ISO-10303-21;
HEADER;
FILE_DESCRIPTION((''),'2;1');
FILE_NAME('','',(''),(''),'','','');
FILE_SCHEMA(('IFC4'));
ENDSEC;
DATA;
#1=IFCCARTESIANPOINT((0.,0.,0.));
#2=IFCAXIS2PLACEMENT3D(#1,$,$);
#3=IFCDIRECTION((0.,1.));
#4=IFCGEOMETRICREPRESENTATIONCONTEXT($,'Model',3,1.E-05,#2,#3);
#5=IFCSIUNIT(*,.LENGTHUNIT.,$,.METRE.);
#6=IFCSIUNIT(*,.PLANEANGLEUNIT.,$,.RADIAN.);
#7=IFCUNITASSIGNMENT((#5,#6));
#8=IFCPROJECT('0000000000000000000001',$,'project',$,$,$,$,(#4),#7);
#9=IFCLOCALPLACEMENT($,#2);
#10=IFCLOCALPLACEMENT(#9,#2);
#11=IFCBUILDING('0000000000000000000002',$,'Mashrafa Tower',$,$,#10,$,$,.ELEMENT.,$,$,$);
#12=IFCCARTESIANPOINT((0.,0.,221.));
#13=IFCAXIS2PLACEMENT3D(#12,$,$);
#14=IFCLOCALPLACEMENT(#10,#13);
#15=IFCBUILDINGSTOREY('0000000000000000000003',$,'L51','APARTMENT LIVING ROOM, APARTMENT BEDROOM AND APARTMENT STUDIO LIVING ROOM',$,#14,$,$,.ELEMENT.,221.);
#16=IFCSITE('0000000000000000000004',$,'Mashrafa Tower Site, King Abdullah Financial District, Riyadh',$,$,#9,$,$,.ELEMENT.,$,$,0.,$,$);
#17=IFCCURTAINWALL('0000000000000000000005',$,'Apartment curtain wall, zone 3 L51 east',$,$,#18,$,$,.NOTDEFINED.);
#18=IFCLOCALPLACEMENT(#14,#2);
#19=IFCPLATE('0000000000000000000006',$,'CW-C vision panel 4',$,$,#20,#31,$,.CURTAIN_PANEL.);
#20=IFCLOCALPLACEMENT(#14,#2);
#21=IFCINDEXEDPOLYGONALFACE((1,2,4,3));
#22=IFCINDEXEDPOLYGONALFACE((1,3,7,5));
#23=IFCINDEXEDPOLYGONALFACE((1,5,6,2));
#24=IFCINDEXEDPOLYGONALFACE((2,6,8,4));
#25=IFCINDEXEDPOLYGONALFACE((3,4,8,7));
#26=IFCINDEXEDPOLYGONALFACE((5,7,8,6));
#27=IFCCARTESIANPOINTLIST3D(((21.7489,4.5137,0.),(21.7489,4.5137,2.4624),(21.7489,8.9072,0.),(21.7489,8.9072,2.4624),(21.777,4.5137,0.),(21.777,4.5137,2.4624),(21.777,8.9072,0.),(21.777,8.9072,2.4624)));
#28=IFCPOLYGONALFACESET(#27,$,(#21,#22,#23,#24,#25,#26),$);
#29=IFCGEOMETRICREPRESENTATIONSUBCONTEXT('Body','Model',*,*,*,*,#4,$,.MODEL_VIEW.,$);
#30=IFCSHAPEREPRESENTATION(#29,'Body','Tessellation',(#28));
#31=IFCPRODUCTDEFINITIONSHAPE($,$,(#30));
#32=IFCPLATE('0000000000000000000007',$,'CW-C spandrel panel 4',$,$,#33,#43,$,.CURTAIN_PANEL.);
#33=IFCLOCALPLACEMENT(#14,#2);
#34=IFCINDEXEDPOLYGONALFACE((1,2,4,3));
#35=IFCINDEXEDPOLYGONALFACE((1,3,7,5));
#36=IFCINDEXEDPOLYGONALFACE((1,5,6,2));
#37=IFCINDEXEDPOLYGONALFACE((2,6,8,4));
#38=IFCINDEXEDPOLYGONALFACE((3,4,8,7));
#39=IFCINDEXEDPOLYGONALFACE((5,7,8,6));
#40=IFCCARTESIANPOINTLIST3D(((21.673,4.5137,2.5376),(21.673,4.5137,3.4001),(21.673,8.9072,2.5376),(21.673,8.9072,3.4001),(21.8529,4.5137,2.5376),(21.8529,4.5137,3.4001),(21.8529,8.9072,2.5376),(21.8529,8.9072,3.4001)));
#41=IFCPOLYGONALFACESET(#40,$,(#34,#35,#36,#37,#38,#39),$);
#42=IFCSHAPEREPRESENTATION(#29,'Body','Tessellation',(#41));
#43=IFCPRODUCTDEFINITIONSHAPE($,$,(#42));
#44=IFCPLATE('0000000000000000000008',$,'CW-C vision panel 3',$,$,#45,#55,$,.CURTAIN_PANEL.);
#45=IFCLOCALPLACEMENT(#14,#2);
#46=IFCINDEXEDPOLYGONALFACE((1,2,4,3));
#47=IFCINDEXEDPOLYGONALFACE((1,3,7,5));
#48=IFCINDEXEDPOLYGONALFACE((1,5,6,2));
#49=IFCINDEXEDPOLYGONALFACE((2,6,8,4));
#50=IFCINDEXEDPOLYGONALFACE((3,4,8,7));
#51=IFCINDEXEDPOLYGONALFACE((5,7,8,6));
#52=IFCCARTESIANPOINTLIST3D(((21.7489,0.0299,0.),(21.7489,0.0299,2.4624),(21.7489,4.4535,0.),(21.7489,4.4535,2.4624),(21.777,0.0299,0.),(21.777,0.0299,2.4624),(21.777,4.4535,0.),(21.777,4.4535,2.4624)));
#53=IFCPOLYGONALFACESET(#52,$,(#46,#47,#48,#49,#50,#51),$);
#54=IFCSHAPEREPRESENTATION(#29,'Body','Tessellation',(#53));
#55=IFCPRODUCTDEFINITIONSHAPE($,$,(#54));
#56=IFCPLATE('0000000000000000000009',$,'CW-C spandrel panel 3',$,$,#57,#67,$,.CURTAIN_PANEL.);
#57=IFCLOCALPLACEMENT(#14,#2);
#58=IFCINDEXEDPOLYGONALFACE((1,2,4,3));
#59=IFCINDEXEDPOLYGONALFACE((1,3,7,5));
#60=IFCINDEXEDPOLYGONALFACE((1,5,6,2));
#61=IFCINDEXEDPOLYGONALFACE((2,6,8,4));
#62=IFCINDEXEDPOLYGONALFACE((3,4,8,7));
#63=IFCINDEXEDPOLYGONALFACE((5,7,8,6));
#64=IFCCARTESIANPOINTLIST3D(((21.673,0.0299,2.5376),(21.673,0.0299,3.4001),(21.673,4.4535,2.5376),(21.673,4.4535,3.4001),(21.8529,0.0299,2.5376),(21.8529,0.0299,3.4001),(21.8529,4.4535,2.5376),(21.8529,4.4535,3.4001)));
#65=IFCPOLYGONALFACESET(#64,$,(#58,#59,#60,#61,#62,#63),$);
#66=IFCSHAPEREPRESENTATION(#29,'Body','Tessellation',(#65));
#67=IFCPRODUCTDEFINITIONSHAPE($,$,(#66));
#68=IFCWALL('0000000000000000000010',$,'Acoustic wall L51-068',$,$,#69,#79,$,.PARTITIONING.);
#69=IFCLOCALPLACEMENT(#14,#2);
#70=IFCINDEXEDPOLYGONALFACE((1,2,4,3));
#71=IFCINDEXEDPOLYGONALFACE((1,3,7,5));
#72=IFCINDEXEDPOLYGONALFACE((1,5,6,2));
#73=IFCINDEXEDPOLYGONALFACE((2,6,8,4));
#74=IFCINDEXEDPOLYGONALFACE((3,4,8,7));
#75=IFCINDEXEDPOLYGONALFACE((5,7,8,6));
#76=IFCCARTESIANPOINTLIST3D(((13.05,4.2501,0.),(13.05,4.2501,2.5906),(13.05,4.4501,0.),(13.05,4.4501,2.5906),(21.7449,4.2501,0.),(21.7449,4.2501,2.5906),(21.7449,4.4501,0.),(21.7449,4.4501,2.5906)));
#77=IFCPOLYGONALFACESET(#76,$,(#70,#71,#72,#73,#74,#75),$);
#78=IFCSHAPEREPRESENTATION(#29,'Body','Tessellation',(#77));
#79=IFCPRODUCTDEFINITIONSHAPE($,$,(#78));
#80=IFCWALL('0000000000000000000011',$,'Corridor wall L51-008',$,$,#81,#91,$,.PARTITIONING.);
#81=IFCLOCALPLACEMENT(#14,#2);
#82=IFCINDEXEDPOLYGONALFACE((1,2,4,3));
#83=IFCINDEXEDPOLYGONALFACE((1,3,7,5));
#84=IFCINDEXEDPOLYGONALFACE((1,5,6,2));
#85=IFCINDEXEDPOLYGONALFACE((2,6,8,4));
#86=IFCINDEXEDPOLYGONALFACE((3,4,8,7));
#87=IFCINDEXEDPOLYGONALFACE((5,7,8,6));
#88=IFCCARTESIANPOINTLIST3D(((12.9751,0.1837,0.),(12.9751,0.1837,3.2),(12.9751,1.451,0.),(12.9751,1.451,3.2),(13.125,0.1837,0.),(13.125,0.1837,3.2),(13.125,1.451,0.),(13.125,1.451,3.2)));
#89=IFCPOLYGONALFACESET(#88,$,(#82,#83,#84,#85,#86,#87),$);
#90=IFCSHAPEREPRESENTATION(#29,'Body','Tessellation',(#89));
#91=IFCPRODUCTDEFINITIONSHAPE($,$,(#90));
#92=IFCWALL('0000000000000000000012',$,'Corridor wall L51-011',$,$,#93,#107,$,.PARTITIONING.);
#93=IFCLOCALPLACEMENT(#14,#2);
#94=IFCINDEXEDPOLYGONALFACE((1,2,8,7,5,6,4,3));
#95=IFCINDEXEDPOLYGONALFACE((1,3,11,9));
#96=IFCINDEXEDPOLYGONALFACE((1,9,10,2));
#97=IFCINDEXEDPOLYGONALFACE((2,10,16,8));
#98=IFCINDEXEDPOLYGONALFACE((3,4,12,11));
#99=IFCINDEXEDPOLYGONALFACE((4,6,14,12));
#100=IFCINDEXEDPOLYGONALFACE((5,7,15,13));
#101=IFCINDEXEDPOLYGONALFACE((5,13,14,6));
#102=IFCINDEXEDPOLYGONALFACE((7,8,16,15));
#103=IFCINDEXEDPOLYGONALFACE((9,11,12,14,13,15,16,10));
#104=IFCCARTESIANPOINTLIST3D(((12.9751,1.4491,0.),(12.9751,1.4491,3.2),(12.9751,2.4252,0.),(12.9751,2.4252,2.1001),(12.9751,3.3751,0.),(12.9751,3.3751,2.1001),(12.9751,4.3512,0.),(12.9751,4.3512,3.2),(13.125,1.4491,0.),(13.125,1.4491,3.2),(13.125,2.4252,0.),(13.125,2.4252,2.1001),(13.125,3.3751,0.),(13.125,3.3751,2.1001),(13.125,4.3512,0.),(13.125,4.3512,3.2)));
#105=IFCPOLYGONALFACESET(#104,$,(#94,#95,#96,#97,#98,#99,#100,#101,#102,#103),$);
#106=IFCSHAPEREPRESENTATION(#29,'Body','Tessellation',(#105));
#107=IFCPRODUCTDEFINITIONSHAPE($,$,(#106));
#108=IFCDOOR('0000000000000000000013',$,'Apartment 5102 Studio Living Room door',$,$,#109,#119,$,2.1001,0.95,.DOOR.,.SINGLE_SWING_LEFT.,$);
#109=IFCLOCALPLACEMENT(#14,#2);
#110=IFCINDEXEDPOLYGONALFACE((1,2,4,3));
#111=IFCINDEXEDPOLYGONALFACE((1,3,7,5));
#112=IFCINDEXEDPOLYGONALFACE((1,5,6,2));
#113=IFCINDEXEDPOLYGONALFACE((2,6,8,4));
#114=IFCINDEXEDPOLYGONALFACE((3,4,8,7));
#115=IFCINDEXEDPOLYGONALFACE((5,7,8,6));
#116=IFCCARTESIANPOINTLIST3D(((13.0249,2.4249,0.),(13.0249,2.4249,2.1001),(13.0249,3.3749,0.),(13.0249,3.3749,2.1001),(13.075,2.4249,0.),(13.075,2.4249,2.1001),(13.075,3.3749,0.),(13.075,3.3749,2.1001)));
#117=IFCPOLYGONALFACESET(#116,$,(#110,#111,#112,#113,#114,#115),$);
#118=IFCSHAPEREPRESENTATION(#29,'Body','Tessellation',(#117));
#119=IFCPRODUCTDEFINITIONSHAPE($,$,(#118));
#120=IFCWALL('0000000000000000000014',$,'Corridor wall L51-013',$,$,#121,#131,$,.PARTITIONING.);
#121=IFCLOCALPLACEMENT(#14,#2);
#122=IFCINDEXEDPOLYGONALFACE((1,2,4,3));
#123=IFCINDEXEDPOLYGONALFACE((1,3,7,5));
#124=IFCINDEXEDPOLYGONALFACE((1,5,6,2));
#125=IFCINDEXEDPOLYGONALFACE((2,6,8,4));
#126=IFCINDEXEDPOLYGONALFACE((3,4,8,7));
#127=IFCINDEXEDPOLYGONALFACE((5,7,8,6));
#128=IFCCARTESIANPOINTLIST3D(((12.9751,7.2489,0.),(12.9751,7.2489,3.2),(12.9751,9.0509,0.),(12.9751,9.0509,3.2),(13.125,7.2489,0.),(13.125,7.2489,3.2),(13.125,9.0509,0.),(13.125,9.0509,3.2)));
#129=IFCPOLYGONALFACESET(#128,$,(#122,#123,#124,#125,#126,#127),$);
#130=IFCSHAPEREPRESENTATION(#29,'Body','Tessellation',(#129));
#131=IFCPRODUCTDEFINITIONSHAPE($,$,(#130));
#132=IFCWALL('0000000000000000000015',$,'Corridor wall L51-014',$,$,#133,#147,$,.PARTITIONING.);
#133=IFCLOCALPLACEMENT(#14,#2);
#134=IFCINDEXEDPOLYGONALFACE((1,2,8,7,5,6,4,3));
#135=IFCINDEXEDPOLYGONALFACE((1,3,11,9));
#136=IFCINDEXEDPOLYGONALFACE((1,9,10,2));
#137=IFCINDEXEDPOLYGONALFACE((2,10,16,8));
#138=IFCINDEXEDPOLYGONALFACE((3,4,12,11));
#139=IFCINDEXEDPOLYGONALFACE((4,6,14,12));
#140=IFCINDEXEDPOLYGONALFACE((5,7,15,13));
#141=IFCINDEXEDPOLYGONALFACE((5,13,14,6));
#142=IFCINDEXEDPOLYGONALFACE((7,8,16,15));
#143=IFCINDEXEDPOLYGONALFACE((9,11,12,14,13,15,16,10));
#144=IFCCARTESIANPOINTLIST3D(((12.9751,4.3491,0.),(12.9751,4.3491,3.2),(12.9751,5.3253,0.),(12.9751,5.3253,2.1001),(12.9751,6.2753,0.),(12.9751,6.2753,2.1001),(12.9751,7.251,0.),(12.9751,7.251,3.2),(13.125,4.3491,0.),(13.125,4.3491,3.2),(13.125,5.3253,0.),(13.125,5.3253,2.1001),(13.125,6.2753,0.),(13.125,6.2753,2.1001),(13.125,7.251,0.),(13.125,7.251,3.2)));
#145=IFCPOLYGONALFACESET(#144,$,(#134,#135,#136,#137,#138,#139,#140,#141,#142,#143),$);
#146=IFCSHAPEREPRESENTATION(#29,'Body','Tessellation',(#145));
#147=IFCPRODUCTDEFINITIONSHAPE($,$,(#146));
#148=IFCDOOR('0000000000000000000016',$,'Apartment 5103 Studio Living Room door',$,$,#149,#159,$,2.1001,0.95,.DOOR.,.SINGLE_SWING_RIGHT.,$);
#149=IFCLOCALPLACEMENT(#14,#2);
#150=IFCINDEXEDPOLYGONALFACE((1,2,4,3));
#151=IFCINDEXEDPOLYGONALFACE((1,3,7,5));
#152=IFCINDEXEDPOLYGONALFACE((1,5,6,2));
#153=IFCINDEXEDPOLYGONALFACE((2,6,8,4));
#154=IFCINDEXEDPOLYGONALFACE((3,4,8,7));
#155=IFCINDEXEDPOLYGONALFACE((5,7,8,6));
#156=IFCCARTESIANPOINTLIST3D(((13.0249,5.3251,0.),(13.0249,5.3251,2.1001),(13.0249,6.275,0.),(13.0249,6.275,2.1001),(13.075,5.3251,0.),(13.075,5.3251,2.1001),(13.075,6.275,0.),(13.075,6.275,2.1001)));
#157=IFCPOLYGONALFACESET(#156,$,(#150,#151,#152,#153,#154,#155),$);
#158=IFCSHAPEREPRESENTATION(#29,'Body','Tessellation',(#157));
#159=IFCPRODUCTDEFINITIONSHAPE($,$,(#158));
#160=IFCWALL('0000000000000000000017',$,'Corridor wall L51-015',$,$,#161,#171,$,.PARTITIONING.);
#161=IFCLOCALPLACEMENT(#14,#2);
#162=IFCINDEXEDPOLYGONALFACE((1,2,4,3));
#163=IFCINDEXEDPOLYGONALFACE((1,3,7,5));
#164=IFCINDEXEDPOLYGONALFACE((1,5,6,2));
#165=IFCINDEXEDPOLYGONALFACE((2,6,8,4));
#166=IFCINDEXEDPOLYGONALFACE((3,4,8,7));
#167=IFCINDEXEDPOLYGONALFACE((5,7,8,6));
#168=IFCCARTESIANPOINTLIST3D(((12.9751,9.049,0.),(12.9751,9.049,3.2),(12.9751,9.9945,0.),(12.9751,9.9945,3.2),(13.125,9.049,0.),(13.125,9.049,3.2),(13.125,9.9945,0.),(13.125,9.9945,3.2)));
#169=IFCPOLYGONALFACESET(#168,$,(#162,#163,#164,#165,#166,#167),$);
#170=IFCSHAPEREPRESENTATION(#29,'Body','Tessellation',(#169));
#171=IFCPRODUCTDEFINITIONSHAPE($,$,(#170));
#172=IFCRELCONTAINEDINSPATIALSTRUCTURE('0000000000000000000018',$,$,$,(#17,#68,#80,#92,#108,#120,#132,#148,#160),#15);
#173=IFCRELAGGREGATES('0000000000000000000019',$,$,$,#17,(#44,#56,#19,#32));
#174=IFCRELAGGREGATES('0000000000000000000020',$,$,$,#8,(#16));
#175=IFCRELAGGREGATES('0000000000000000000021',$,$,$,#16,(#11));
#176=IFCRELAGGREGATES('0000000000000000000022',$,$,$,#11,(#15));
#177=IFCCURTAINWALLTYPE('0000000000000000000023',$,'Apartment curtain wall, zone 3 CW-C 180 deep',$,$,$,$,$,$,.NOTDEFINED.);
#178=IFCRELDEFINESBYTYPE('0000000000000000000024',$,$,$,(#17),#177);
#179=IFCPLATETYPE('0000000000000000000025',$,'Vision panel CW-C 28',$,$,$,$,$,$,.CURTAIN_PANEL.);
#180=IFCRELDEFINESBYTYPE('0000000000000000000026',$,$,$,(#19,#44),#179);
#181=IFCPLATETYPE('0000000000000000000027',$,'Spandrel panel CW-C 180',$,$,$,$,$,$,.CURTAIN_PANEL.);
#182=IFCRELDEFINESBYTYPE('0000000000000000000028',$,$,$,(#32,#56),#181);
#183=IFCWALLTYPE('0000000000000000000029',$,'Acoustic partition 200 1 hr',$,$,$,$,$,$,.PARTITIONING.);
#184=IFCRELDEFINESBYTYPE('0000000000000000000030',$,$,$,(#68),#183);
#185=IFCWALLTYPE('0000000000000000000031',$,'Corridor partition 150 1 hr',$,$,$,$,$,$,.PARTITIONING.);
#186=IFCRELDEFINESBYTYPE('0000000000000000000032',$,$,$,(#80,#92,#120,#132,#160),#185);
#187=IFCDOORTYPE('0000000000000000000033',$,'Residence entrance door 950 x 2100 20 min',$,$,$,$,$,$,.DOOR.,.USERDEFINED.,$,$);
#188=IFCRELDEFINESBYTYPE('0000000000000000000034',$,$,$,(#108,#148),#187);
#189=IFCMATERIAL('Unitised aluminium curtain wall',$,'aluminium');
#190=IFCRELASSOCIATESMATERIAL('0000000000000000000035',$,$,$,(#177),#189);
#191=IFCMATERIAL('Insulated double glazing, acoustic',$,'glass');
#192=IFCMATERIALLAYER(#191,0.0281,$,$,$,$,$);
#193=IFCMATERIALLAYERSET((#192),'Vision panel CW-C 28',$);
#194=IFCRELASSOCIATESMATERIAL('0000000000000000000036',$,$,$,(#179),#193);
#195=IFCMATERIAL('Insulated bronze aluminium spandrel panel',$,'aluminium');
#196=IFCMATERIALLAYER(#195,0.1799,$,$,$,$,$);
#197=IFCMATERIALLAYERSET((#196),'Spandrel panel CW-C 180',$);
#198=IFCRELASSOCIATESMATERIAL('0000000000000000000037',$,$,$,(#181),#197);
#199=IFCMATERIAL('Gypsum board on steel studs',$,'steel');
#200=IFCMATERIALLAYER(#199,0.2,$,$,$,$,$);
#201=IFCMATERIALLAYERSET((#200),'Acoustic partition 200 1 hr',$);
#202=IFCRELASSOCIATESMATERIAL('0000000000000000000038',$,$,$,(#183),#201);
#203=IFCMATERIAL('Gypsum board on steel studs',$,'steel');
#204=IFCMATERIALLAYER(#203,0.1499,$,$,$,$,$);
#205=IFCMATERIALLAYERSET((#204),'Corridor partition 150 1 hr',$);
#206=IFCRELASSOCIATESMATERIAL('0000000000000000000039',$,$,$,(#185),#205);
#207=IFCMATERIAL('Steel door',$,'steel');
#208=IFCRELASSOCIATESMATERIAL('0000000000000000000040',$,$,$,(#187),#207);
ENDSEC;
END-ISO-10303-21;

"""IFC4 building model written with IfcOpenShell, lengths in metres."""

from ifc_helpers import new_model, si_unit, direction, frame, frame_2d, origin, origin_2d, place, context, subcontext, project, spatial, rectangle, extrude, source, transform, mapped, material, layer, layer_set, type_object, type_shapes, element, fill, aggregate, save


model = new_model("IFC4")

# Units and contexts
model_context = context("Model", 3, precision=1e-05, world=origin(), true_north=direction((0.0, 1.0)))
body_context = subcontext(model_context, "Body", "Model", "MODEL_VIEW")
ifc_project = project(units=[si_unit("LENGTHUNIT", "METRE"), si_unit("PLANEANGLEUNIT", "RADIAN")], contexts=[model_context])

# Site, building, storey
site_placement = place(None, origin())
site = spatial("IfcSite", under=ifc_project, at=site_placement, Name="Mashrafa Tower Site, King Abdullah Financial District, Riyadh", CompositionType="ELEMENT", RefElevation=0.0)
building_placement = place(site_placement, origin())
building = spatial("IfcBuilding", under=site, at=building_placement, Name="Mashrafa Tower", CompositionType="ELEMENT")
storey_placement = place(building_placement, frame((0.0, 0.0, 221.0)))
storey = spatial("IfcBuildingStorey", under=building, at=storey_placement, Name="L51", Description="APARTMENT LIVING ROOM, APARTMENT BEDROOM AND APARTMENT STUDIO LIVING ROOM", CompositionType="ELEMENT", Elevation=221.0)

# Curtain wall
ifc_material_1 = material(Name="Unitised aluminium curtain wall", Category="aluminium")
curtain_wall_type = type_object("IfcCurtainWallType", Name="Apartment curtain wall, zone 3 CW-C 180 deep", PredefinedType="NOTDEFINED", material=ifc_material_1)
curtain_wall_1_placement = place(storey_placement, origin())
curtain_wall_1 = element("IfcCurtainWall", 1, at=curtain_wall_1_placement, inside=storey, type_object=curtain_wall_type, Name="Apartment curtain wall, zone 3 L51 east", PredefinedType="NOTDEFINED")

# Plates
ifc_material_2 = material(Name="Insulated double glazing, acoustic", Category="glass")
ifc_layer_1 = layer(ifc_material_2, 0.0281)
ifc_layer_set_1 = layer_set([ifc_layer_1], Name="Vision panel CW-C 28")
plate_type_1 = type_object("IfcPlateType", Name="Vision panel CW-C 28", PredefinedType="CURTAIN_PANEL", material=ifc_layer_set_1)
shared_shape_1 = source(origin(), body_context, "Body", "SweptSolid", [
    extrude(rectangle(XDim=4.3936, YDim=0.0281, at=origin_2d()), origin(), (0.0, 0.0, 1.0), 2.4624),
])
plate_1_placement = place(storey_placement, frame((21.7629, 6.7104, 0.0), z_axis=(0.0, 0.0, 1.0), x_axis=(0.0, 1.0, 0.0)))
plate_1 = element("IfcPlate", 2, at=plate_1_placement, type_object=plate_type_1, Name="CW-C vision panel 4", PredefinedType="CURTAIN_PANEL", context=body_context, shape_type="MappedRepresentation", body=[
    mapped(shared_shape_1, transform((0.0, 0.0, 0.0))),
])
ifc_material_3 = material(Name="Insulated bronze aluminium spandrel panel", Category="aluminium")
ifc_layer_2 = layer(ifc_material_3, 0.1799)
ifc_layer_set_2 = layer_set([ifc_layer_2], Name="Spandrel panel CW-C 180")
plate_type_2 = type_object("IfcPlateType", Name="Spandrel panel CW-C 180", PredefinedType="CURTAIN_PANEL", material=ifc_layer_set_2)
shared_shape_2 = source(origin(), body_context, "Body", "SweptSolid", [
    extrude(rectangle(XDim=4.3936, YDim=0.1799, at=origin_2d()), origin(), (0.0, 0.0, 1.0), 0.8625),
])
plate_2_placement = place(storey_placement, frame((21.7629, 6.7104, 2.5376), z_axis=(0.0, 0.0, 1.0), x_axis=(0.0, 1.0, 0.0)))
plate_2 = element("IfcPlate", 3, at=plate_2_placement, type_object=plate_type_2, Name="CW-C spandrel panel 4", PredefinedType="CURTAIN_PANEL", context=body_context, shape_type="MappedRepresentation", body=[
    mapped(shared_shape_2, transform((0.0, 0.0, 0.0))),
])
shared_shape_3 = source(origin(), body_context, "Body", "SweptSolid", [
    extrude(rectangle(XDim=4.4236, YDim=0.0281, at=origin_2d()), origin(), (0.0, 0.0, 1.0), 2.4624),
])
type_shapes(plate_type_1, [shared_shape_1, shared_shape_3])
plate_3_placement = place(storey_placement, frame((21.7629, 2.2417, 0.0), z_axis=(0.0, 0.0, 1.0), x_axis=(0.0, 1.0, 0.0)))
plate_3 = element("IfcPlate", 4, at=plate_3_placement, type_object=plate_type_1, Name="CW-C vision panel 3", PredefinedType="CURTAIN_PANEL", context=body_context, shape_type="MappedRepresentation", body=[
    mapped(shared_shape_3, transform((0.0, 0.0, 0.0))),
])
shared_shape_4 = source(origin(), body_context, "Body", "SweptSolid", [
    extrude(rectangle(XDim=4.4236, YDim=0.1799, at=origin_2d()), origin(), (0.0, 0.0, 1.0), 0.8625),
])
type_shapes(plate_type_2, [shared_shape_2, shared_shape_4])
plate_4_placement = place(storey_placement, frame((21.7629, 2.2417, 2.5376), z_axis=(0.0, 0.0, 1.0), x_axis=(0.0, 1.0, 0.0)))
plate_4 = element("IfcPlate", 5, at=plate_4_placement, type_object=plate_type_2, Name="CW-C spandrel panel 3", PredefinedType="CURTAIN_PANEL", context=body_context, shape_type="MappedRepresentation", body=[
    mapped(shared_shape_4, transform((0.0, 0.0, 0.0))),
])
aggregate(curtain_wall_1, [plate_3, plate_4, plate_1, plate_2])

# Walls
ifc_material_4 = material(Name="Gypsum board on steel studs", Category="steel")
ifc_layer_3 = layer(ifc_material_4, 0.2)
ifc_layer_set_3 = layer_set([ifc_layer_3], Name="Acoustic partition 200 1 hr")
wall_type_1 = type_object("IfcWallType", Name="Acoustic partition 200 1 hr", PredefinedType="PARTITIONING", material=ifc_layer_set_3)
wall_1_placement = place(storey_placement, frame((21.7449, 4.3501, 0.0), z_axis=(0.0, 0.0, 1.0), x_axis=(-1.0, 0.0, 0.0)))
element("IfcWall", 6, at=wall_1_placement, inside=storey, type_object=wall_type_1, Name="Acoustic wall L51-068", PredefinedType="PARTITIONING", context=body_context, shape_type="SweptSolid", body=[
    extrude(rectangle(XDim=8.6948, YDim=0.2, at=frame_2d((4.3474, 0.0))), origin(), (0.0, 0.0, 1.0), 2.5906),
])
ifc_material_5 = material(Name="Gypsum board on steel studs", Category="steel")
ifc_layer_4 = layer(ifc_material_5, 0.1499)
ifc_layer_set_4 = layer_set([ifc_layer_4], Name="Corridor partition 150 1 hr")
wall_type_2 = type_object("IfcWallType", Name="Corridor partition 150 1 hr", PredefinedType="PARTITIONING", material=ifc_layer_set_4)
wall_2_placement = place(storey_placement, frame((13.05, 0.1836, 0.0), z_axis=(0.0, 0.0, 1.0), x_axis=(0.0, 1.0, 0.0)))
element("IfcWall", 7, at=wall_2_placement, inside=storey, type_object=wall_type_2, Name="Corridor wall L51-008", PredefinedType="PARTITIONING", context=body_context, shape_type="SweptSolid", body=[
    extrude(rectangle(XDim=1.2673, YDim=0.1499, at=frame_2d((0.6338, 0.0))), origin(), (0.0, 0.0, 1.0), 3.2),
])

# Wall, opening, door
wall_3_placement = place(storey_placement, frame((13.05, 1.449, 0.0), z_axis=(0.0, 0.0, 1.0), x_axis=(0.0, 1.0, 0.0)))
wall_3 = element("IfcWall", 8, at=wall_3_placement, inside=storey, type_object=wall_type_2, Name="Corridor wall L51-011", PredefinedType="PARTITIONING", context=body_context, shape_type="SweptSolid", body=[
    extrude(rectangle(XDim=2.9021, YDim=0.1499, at=frame_2d((1.4512, 0.0))), origin(), (0.0, 0.0, 1.0), 3.2),
])
opening_1_placement = place(wall_3_placement, frame((0.9761, 0.0, 0.0)))
opening_1 = element("IfcOpeningElement", 9, at=opening_1_placement, cuts=wall_3, PredefinedType="OPENING", context=body_context, shape_type="SweptSolid", body=[
    extrude(rectangle(XDim=0.95, YDim=2.1001, at=frame_2d((0.4751, 1.05))), frame((0.0, 0.085, 0.0), z_axis=(0.0, -1.0, 0.0), x_axis=(1.0, 0.0, 0.0)), (0.0, 0.0, 1.0), 0.1699),
])
ifc_material_6 = material(Name="Steel door", Category="steel")
door_type = type_object("IfcDoorType", Name="Residence entrance door 950 x 2100 20 min", OperationType="USERDEFINED", PredefinedType="DOOR", material=ifc_material_6)
door_1_placement = place(opening_1_placement, frame((0.95, 0.0, 0.0), z_axis=(0.0, 0.0, 1.0), x_axis=(-1.0, 0.0, 0.0)))
door_1 = element("IfcDoor", 10, at=door_1_placement, inside=storey, type_object=door_type, Name="Apartment 5102 Studio Living Room door", OperationType="SINGLE_SWING_LEFT", OverallHeight=2.1001, OverallWidth=0.95, PredefinedType="DOOR", context=body_context, shape_type="SweptSolid", body=[
    extrude(rectangle(XDim=0.95, YDim=2.1001, at=frame_2d((0.4751, 1.05))), frame((0.0, 0.0249, 0.0), z_axis=(0.0, -1.0, 0.0), x_axis=(1.0, 0.0, 0.0)), (0.0, 0.0, 1.0), 0.05),
])
fill(opening_1, door_1)

# Wall
wall_4_placement = place(storey_placement, frame((13.05, 7.249, 0.0), z_axis=(0.0, 0.0, 1.0), x_axis=(0.0, 1.0, 0.0)))
element("IfcWall", 11, at=wall_4_placement, inside=storey, type_object=wall_type_2, Name="Corridor wall L51-013", PredefinedType="PARTITIONING", context=body_context, shape_type="SweptSolid", body=[
    extrude(rectangle(XDim=1.802, YDim=0.1499, at=frame_2d((0.9009, 0.0))), origin(), (0.0, 0.0, 1.0), 3.2),
])

# Wall, opening, door
wall_5_placement = place(storey_placement, frame((13.05, 4.3491, 0.0), z_axis=(0.0, 0.0, 1.0), x_axis=(0.0, 1.0, 0.0)))
wall_5 = element("IfcWall", 12, at=wall_5_placement, inside=storey, type_object=wall_type_2, Name="Corridor wall L51-014", PredefinedType="PARTITIONING", context=body_context, shape_type="SweptSolid", body=[
    extrude(rectangle(XDim=2.9019, YDim=0.1499, at=frame_2d((1.4509, 0.0))), origin(), (0.0, 0.0, 1.0), 3.2),
])
opening_2_placement = place(wall_5_placement, frame((0.9761, 0.0, 0.0)))
opening_2 = element("IfcOpeningElement", 13, at=opening_2_placement, cuts=wall_5, PredefinedType="OPENING", context=body_context, shape_type="SweptSolid", body=[
    extrude(rectangle(XDim=0.95, YDim=2.1001, at=frame_2d((0.4751, 1.05))), frame((0.0, 0.085, 0.0), z_axis=(0.0, -1.0, 0.0), x_axis=(1.0, 0.0, 0.0)), (0.0, 0.0, 1.0), 0.1699),
])
door_2_placement = place(opening_2_placement, frame((0.95, 0.0, 0.0), z_axis=(0.0, 0.0, 1.0), x_axis=(-1.0, 0.0, 0.0)))
door_2 = element("IfcDoor", 14, at=door_2_placement, inside=storey, type_object=door_type, Name="Apartment 5103 Studio Living Room door", OperationType="SINGLE_SWING_RIGHT", OverallHeight=2.1001, OverallWidth=0.95, PredefinedType="DOOR", context=body_context, shape_type="SweptSolid", body=[
    extrude(rectangle(XDim=0.95, YDim=2.1001, at=frame_2d((0.4751, 1.05))), frame((0.0, 0.0249, 0.0), z_axis=(0.0, -1.0, 0.0), x_axis=(1.0, 0.0, 0.0)), (0.0, 0.0, 1.0), 0.05),
])
fill(opening_2, door_2)

# Wall
wall_6_placement = place(storey_placement, frame((13.05, 9.0491, 0.0), z_axis=(0.0, 0.0, 1.0), x_axis=(0.0, 1.0, 0.0)))
element("IfcWall", 15, at=wall_6_placement, inside=storey, type_object=wall_type_2, Name="Corridor wall L51-015", PredefinedType="PARTITIONING", context=body_context, shape_type="SweptSolid", body=[
    extrude(rectangle(XDim=0.9456, YDim=0.1499, at=frame_2d((0.4727, 0.0))), origin(), (0.0, 0.0, 1.0), 3.2),
])

save(model, "model.ifc")
